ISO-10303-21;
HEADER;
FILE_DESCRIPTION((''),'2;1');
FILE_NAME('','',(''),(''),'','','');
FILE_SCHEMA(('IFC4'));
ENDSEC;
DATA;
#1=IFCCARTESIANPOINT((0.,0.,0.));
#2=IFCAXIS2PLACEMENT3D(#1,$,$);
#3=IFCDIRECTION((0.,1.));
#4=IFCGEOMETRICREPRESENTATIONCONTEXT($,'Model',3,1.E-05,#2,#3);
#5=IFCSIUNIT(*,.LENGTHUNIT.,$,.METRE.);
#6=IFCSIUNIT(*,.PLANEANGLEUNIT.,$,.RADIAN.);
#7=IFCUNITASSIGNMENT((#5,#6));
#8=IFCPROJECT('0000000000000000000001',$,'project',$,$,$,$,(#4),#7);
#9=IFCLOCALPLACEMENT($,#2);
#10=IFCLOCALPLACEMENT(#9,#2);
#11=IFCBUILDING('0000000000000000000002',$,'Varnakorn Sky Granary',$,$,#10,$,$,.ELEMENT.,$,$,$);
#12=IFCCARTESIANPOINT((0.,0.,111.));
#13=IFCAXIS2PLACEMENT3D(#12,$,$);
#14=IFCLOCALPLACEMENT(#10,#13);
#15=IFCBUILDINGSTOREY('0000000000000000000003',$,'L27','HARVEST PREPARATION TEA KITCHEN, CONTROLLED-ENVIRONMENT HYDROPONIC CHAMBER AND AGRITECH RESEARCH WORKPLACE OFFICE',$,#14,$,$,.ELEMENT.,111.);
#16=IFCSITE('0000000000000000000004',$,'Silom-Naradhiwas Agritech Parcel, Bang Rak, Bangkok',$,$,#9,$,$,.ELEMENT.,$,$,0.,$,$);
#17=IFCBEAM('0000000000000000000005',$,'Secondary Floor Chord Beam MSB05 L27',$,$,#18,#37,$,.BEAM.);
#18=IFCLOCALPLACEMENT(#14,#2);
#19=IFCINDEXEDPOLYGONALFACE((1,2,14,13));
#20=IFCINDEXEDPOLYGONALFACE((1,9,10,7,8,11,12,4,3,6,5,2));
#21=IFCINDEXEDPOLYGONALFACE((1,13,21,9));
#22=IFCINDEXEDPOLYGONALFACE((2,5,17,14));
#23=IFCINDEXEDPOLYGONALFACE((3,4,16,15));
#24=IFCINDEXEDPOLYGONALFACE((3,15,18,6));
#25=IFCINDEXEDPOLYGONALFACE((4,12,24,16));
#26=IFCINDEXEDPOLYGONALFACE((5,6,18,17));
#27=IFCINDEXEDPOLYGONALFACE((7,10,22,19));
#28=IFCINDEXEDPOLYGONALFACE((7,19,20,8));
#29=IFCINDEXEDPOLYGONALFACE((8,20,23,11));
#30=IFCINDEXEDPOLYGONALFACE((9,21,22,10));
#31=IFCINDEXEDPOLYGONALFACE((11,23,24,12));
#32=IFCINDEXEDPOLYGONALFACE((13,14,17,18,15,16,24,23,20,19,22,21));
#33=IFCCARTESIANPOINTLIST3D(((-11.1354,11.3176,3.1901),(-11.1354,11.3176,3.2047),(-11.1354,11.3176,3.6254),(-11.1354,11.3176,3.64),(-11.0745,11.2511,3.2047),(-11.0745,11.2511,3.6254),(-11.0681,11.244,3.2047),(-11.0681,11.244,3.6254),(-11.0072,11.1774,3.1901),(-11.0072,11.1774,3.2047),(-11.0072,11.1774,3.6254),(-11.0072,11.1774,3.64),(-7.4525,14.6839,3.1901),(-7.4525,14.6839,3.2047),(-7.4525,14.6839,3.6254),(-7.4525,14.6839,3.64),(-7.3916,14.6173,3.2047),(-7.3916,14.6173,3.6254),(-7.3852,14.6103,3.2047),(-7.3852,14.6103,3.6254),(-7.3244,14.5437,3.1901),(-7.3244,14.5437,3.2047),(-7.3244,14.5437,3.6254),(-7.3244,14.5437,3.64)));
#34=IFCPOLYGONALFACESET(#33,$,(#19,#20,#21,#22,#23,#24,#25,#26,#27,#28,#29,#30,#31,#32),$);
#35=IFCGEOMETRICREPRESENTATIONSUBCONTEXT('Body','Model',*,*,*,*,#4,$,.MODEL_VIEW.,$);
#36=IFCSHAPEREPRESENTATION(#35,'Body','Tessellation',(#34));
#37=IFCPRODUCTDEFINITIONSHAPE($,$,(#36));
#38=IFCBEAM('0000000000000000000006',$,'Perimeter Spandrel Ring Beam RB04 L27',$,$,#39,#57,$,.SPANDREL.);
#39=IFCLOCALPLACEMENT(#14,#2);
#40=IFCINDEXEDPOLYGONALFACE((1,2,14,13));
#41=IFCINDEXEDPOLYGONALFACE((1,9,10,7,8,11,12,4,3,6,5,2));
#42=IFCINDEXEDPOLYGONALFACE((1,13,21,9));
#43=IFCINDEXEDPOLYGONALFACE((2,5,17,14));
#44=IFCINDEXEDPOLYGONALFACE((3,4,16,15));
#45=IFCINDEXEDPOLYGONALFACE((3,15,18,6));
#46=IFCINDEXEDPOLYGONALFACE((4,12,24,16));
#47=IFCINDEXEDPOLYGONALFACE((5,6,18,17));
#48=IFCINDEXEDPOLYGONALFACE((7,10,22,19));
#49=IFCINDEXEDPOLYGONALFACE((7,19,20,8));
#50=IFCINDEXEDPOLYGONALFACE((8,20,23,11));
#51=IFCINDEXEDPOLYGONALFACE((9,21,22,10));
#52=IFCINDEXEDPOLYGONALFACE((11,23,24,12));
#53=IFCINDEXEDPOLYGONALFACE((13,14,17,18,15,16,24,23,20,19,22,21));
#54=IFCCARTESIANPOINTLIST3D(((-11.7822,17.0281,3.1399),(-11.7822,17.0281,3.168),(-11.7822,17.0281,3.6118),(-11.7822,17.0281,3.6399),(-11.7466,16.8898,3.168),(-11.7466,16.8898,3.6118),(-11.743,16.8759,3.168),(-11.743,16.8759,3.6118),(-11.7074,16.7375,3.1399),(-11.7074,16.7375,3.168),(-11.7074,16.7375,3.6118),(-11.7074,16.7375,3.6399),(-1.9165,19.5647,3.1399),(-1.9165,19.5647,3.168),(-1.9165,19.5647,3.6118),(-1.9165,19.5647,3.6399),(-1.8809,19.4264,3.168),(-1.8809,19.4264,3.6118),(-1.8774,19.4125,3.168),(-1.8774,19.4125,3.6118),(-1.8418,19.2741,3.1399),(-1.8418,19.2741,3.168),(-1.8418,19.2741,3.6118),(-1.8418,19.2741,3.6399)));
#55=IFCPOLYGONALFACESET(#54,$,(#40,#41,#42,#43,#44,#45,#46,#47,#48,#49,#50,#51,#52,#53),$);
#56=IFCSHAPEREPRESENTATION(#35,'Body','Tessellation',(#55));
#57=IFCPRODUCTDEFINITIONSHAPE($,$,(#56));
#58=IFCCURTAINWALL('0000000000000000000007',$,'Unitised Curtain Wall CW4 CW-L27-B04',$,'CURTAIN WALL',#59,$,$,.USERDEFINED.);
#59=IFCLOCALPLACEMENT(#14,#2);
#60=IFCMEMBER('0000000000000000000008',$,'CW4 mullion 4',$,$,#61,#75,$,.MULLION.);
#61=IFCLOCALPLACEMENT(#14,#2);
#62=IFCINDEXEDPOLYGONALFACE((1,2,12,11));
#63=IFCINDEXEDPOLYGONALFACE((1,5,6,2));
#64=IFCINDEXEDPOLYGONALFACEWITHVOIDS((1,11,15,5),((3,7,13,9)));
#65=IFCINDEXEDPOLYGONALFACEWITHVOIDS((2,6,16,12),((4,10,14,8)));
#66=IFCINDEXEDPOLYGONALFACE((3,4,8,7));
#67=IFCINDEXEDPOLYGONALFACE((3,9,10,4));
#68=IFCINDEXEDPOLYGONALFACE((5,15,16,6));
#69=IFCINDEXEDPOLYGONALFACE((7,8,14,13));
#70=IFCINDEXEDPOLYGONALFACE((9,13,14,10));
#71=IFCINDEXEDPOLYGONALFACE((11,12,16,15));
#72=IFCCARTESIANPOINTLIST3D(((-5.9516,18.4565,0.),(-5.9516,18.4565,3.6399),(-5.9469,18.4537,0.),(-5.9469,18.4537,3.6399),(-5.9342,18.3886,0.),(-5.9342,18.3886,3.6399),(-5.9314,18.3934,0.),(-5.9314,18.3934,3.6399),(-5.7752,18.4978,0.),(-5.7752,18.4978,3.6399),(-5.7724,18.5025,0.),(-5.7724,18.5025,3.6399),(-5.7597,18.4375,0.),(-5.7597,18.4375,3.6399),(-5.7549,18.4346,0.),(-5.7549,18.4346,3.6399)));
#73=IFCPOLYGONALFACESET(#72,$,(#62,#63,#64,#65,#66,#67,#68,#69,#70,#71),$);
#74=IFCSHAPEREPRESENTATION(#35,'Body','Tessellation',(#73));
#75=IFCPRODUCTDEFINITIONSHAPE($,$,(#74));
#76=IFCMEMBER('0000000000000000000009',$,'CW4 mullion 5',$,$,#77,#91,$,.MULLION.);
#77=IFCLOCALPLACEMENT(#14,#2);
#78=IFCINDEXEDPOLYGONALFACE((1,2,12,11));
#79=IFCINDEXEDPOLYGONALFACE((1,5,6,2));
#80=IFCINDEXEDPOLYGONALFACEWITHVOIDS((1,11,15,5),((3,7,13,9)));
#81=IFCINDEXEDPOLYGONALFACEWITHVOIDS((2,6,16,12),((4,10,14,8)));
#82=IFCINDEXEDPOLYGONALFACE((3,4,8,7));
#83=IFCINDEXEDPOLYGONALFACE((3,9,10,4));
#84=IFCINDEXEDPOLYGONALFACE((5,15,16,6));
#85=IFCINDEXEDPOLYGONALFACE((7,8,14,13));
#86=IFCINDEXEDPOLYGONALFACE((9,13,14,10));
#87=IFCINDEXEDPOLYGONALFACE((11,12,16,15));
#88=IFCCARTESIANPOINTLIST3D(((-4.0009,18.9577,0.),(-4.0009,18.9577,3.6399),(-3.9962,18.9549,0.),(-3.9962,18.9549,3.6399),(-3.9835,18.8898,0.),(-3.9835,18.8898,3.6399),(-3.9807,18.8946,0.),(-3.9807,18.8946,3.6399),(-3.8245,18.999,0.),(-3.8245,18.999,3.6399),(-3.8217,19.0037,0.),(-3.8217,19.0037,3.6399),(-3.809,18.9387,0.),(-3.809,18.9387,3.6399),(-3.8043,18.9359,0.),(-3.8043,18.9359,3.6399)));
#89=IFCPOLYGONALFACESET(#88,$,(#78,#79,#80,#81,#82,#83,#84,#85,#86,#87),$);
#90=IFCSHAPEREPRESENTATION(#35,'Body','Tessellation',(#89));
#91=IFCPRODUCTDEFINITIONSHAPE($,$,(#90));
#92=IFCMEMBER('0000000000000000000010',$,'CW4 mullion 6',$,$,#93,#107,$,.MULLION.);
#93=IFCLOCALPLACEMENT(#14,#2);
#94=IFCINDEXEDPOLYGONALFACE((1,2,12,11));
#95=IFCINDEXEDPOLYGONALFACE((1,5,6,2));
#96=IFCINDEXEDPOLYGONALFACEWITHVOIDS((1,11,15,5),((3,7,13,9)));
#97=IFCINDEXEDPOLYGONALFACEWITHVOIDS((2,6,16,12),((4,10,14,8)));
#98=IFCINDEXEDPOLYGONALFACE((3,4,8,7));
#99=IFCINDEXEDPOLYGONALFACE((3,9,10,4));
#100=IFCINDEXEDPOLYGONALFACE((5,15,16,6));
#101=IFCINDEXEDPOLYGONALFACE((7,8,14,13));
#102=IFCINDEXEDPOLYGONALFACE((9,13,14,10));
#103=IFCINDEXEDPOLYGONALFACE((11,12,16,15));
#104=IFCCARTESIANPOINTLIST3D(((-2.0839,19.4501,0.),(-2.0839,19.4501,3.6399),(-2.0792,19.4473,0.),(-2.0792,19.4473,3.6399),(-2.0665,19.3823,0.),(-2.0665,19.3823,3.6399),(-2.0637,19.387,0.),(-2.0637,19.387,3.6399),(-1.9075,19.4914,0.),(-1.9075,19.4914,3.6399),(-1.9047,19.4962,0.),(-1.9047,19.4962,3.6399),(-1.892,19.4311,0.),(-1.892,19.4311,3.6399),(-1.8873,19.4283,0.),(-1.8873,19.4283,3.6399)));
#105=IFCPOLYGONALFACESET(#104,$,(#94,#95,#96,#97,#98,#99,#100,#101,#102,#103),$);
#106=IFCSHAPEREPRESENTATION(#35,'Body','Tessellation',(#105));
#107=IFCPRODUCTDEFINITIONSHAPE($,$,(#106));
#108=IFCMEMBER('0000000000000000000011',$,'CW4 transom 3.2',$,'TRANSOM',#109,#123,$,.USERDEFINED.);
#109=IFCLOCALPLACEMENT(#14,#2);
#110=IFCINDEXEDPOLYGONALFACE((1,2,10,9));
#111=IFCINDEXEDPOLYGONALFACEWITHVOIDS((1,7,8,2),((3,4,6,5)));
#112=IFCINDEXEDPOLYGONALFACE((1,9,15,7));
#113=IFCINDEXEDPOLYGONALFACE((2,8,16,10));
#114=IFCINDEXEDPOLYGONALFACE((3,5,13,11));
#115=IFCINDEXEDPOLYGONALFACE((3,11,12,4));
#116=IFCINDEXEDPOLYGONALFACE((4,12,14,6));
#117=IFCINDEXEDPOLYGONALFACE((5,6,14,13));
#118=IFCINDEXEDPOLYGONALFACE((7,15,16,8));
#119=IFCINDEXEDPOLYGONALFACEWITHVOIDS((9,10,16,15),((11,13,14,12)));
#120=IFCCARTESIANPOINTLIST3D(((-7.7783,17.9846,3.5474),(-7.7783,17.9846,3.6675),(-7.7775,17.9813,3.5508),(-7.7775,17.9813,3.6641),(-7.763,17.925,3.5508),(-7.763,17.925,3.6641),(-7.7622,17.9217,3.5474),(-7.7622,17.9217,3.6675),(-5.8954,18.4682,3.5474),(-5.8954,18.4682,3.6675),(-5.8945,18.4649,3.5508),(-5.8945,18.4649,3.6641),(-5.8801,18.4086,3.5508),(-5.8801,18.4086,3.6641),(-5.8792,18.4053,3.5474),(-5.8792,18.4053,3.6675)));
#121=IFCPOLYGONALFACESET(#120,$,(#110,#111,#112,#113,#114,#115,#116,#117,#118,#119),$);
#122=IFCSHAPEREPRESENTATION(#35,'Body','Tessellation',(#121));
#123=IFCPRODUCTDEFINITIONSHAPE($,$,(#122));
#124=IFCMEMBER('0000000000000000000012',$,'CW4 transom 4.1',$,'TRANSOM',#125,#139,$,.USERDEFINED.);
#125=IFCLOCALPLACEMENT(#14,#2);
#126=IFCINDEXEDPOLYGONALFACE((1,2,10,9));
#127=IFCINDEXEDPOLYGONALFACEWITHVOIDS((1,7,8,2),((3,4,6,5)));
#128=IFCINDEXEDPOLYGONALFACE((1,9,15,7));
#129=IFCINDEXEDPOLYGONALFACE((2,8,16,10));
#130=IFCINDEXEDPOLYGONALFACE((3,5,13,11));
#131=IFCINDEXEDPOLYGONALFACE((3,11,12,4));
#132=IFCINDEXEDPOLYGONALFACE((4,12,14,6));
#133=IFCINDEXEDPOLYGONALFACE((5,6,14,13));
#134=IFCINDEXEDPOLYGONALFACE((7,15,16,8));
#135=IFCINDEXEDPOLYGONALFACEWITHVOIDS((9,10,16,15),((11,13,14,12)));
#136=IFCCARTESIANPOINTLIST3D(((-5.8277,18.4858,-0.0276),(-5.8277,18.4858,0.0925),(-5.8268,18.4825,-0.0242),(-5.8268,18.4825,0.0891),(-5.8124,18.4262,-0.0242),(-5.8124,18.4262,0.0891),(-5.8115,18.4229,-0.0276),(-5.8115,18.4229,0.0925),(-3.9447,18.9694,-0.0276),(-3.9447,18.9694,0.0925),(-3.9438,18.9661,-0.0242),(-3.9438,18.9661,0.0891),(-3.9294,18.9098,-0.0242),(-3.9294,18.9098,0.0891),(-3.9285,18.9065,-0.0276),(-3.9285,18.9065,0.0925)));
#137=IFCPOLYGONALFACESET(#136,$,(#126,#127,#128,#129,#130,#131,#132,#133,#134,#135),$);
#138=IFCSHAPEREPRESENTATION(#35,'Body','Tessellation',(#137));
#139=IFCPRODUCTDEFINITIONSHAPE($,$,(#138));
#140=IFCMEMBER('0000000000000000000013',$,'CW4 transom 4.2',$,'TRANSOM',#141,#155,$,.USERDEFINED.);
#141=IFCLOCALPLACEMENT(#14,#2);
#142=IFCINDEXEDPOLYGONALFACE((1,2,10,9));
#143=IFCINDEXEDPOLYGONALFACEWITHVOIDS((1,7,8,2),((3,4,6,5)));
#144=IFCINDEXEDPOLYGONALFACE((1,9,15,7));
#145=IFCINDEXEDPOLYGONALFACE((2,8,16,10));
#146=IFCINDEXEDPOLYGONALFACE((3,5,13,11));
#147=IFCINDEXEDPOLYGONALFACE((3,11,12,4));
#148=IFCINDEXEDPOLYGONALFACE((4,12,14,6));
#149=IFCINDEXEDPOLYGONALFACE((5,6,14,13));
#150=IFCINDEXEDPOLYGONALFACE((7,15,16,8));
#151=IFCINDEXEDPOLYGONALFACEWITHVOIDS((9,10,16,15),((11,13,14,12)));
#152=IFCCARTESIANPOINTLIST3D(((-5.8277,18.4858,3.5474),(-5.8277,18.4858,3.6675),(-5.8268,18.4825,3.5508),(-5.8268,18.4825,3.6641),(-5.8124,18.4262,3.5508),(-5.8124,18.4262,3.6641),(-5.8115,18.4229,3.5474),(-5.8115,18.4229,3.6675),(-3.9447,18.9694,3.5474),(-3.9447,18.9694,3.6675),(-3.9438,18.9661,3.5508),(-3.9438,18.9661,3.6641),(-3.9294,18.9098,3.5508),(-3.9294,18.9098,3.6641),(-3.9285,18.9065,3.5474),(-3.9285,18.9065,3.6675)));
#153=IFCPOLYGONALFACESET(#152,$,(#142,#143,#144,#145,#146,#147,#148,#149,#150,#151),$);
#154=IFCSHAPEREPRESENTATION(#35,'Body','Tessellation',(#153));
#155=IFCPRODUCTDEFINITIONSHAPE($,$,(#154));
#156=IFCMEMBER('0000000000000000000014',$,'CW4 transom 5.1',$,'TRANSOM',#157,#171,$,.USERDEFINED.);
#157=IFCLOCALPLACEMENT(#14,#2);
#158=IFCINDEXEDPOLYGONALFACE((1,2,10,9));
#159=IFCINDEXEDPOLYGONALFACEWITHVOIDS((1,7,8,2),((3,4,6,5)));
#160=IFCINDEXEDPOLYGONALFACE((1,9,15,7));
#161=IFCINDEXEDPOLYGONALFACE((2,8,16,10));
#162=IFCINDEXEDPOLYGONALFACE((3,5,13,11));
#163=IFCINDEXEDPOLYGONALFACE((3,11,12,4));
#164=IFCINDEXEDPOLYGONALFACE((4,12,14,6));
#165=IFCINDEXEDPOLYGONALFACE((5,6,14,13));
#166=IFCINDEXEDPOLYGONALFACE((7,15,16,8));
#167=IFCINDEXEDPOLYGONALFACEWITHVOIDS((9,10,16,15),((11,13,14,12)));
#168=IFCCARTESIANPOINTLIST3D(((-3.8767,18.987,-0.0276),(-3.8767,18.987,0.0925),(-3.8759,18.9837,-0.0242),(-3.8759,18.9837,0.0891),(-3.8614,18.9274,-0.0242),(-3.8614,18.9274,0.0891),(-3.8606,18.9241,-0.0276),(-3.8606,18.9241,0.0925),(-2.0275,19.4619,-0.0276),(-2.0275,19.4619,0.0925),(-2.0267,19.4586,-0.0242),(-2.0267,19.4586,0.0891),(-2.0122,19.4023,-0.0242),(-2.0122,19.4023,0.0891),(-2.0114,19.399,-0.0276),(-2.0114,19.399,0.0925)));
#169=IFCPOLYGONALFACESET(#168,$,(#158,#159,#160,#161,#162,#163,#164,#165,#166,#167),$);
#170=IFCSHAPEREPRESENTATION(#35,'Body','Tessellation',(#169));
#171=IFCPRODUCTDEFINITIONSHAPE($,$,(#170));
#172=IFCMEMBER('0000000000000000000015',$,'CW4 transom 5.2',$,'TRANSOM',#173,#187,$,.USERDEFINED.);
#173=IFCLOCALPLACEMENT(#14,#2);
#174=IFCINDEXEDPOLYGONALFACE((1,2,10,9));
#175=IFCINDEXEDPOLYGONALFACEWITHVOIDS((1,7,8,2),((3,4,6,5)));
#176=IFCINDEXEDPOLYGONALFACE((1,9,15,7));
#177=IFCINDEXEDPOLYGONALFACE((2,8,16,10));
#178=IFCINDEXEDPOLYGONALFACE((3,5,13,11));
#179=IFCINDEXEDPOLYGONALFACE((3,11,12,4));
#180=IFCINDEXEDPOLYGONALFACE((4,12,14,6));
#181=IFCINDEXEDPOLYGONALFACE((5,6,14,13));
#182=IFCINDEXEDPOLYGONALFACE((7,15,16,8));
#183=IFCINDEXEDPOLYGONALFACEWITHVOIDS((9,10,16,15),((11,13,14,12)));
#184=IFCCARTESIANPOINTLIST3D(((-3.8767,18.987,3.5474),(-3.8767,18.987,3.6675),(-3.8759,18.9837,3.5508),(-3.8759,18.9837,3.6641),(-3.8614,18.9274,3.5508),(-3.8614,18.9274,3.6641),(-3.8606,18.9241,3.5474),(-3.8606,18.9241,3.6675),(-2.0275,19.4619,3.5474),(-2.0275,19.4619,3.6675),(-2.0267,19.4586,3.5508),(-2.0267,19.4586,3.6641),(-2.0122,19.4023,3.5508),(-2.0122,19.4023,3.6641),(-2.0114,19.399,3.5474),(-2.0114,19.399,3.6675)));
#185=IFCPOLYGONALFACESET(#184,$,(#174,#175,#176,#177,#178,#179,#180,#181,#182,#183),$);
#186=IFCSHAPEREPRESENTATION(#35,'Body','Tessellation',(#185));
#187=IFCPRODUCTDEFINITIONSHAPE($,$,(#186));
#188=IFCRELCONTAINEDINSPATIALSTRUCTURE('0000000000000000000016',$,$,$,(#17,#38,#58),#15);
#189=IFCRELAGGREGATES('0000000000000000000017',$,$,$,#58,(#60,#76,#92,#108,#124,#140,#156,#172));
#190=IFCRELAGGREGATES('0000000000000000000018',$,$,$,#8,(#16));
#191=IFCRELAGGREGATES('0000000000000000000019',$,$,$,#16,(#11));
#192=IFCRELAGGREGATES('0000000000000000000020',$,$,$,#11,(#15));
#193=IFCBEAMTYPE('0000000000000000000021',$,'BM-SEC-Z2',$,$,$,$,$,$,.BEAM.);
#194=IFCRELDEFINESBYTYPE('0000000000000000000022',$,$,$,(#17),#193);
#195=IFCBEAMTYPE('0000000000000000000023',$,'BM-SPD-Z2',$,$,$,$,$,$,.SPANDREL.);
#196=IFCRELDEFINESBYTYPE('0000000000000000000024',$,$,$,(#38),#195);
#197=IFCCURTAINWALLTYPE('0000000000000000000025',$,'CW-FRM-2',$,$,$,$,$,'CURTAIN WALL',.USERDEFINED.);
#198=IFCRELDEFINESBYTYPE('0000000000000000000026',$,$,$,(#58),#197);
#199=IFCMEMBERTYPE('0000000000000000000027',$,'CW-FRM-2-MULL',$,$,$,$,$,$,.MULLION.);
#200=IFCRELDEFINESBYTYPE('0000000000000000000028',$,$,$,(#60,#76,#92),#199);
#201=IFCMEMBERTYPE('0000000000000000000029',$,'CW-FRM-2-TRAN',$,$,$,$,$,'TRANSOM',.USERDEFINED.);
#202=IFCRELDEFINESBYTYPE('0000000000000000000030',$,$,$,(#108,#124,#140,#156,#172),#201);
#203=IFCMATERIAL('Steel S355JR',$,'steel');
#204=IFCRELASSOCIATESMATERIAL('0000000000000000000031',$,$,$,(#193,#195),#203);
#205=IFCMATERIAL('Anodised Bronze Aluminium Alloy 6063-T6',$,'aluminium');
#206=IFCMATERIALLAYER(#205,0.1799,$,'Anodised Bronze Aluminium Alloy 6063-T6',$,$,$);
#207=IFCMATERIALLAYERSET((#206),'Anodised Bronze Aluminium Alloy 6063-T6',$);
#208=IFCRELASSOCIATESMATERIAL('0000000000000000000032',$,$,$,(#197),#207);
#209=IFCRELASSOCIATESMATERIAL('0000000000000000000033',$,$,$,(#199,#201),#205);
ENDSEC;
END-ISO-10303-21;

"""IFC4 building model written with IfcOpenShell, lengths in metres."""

from ifc_helpers import new_model, si_unit, direction, frame, origin, origin_2d, place, context, subcontext, project, spatial, hollow_rectangle, i_section, extrude, material, layer, layer_set, material_profile, profile_set, type_object, element, aggregate, save


model = new_model("IFC4")

# Units and contexts
model_context = context("Model", 3, precision=1e-05, world=origin(), true_north=direction((0.0, 1.0)))
body_context = subcontext(model_context, "Body", "Model", "MODEL_VIEW")
ifc_project = project(units=[si_unit("LENGTHUNIT", "METRE"), si_unit("PLANEANGLEUNIT", "RADIAN")], contexts=[model_context])

# Site, building, storey
site_placement = place(None, origin())
site = spatial("IfcSite", under=ifc_project, at=site_placement, Name="Silom-Naradhiwas Agritech Parcel, Bang Rak, Bangkok", CompositionType="ELEMENT", RefElevation=0.0)
building_placement = place(site_placement, origin())
building = spatial("IfcBuilding", under=site, at=building_placement, Name="Varnakorn Sky Granary", CompositionType="ELEMENT")
storey_placement = place(building_placement, frame((0.0, 0.0, 111.0)))
storey = spatial("IfcBuildingStorey", under=building, at=storey_placement, Name="L27", Description="HARVEST PREPARATION TEA KITCHEN, CONTROLLED-ENVIRONMENT HYDROPONIC CHAMBER AND AGRITECH RESEARCH WORKPLACE OFFICE", CompositionType="ELEMENT", Elevation=111.0)

# Beams
ifc_material_1 = material(Name="Steel S355JR", Category="steel")
ifc_material_profile_1 = material_profile(ifc_material_1, i_section(OverallWidth=0.1899, OverallDepth=0.45, WebThickness=0.0095, FlangeThickness=0.0146, at=origin_2d()), Name="IPE 450")
ifc_profile_set_1 = profile_set([ifc_material_profile_1], Name="Steel S355JR")
beam_type_1 = type_object("IfcBeamType", Name="BM-SEC-Z2", PredefinedType="BEAM", material=ifc_profile_set_1)
beam_1_placement = place(storey_placement, frame((-7.3884, 14.6138, 3.415), z_axis=(-0.738126, -0.674663, 0.0), x_axis=(0.674663, -0.738126, 0.0)))
element("IfcBeam", 1, at=beam_1_placement, inside=storey, type_object=beam_type_1, Name="Secondary Floor Chord Beam MSB05 L27", PredefinedType="BEAM", context=body_context, shape_type="SweptSolid", body=[
    extrude(i_section(OverallWidth=0.1899, OverallDepth=0.45, WebThickness=0.0095, FlangeThickness=0.0146, at=origin_2d()), origin(), (0.0, 0.0, 1.0), 4.9895),
])
ifc_material_profile_2 = material_profile(ifc_material_1, i_section(OverallWidth=0.3, OverallDepth=0.5, WebThickness=0.0144, FlangeThickness=0.0281, at=origin_2d()), Name="HE 500 B")
ifc_profile_set_2 = profile_set([ifc_material_profile_2], Name="Steel S355JR")
beam_type_2 = type_object("IfcBeamType", Name="BM-SPD-Z2", PredefinedType="SPANDREL", material=ifc_profile_set_2)
beam_2_placement = place(storey_placement, frame((-1.8792, 19.4194, 3.3899), z_axis=(-0.9685, -0.249015, 0.0), x_axis=(0.249015, -0.9685, 0.0)))
element("IfcBeam", 2, at=beam_2_placement, inside=storey, type_object=beam_type_2, Name="Perimeter Spandrel Ring Beam RB04 L27", PredefinedType="SPANDREL", context=body_context, shape_type="SweptSolid", body=[
    extrude(i_section(OverallWidth=0.3, OverallDepth=0.5, WebThickness=0.0144, FlangeThickness=0.0281, at=origin_2d()), origin(), (0.0, 0.0, 1.0), 10.1865),
])

# Curtain wall, members
ifc_material_2 = material(Name="Anodised Bronze Aluminium Alloy 6063-T6", Category="aluminium")
ifc_layer_1 = layer(ifc_material_2, 0.1799, Name="Anodised Bronze Aluminium Alloy 6063-T6")
ifc_layer_set_1 = layer_set([ifc_layer_1], Name="Anodised Bronze Aluminium Alloy 6063-T6")
curtain_wall_type = type_object("IfcCurtainWallType", Name="CW-FRM-2", ElementType="CURTAIN WALL", PredefinedType="USERDEFINED", material=ifc_layer_set_1)
curtain_wall_placement = place(storey_placement, origin())
curtain_wall = element("IfcCurtainWall", 3, at=curtain_wall_placement, inside=storey, type_object=curtain_wall_type, Name="Unitised Curtain Wall CW4 CW-L27-B04", ObjectType="CURTAIN WALL", PredefinedType="USERDEFINED")
ifc_material_profile_3 = material_profile(ifc_material_2, hollow_rectangle(XDim=0.0701, YDim=0.1851, WallThickness=0.0039, at=origin_2d()), Name="ALU MULL 70x185")
ifc_profile_set_3 = profile_set([ifc_material_profile_3], Name="Anodised Bronze Aluminium Alloy 6063-T6")
member_type_1 = type_object("IfcMemberType", Name="CW-FRM-2-MULL", PredefinedType="MULLION", material=ifc_profile_set_3)
member_1_placement = place(storey_placement, frame((-5.8533, 18.4456, 0.0), z_axis=(0.0, 0.0, 1.0), x_axis=(-0.248823, 0.968549, 0.0)))
member_1 = element("IfcMember", 4, at=member_1_placement, type_object=member_type_1, Name="CW4 mullion 4", PredefinedType="MULLION", context=body_context, shape_type="SweptSolid", body=[
    extrude(hollow_rectangle(XDim=0.0701, YDim=0.1851, WallThickness=0.0039, at=origin_2d()), origin(), (0.0, 0.0, 1.0), 3.6399),
])
member_2_placement = place(storey_placement, frame((-3.9026, 18.9468, 0.0), z_axis=(0.0, 0.0, 1.0), x_axis=(-0.248823, 0.968549, 0.0)))
member_2 = element("IfcMember", 5, at=member_2_placement, type_object=member_type_1, Name="CW4 mullion 5", PredefinedType="MULLION", context=body_context, shape_type="SweptSolid", body=[
    extrude(hollow_rectangle(XDim=0.0701, YDim=0.1851, WallThickness=0.0039, at=origin_2d()), origin(), (0.0, 0.0, 1.0), 3.6399),
])
member_3_placement = place(storey_placement, frame((-1.9856, 19.4392, 0.0), z_axis=(0.0, 0.0, 1.0), x_axis=(-0.248823, 0.968549, 0.0)))
member_3 = element("IfcMember", 6, at=member_3_placement, type_object=member_type_1, Name="CW4 mullion 6", PredefinedType="MULLION", context=body_context, shape_type="SweptSolid", body=[
    extrude(hollow_rectangle(XDim=0.0701, YDim=0.1851, WallThickness=0.0039, at=origin_2d()), origin(), (0.0, 0.0, 1.0), 3.6399),
])
ifc_material_profile_4 = material_profile(ifc_material_2, hollow_rectangle(XDim=0.0649, YDim=0.1201, WallThickness=0.0034, at=origin_2d()), Name="ALU TRAN 65x120")
ifc_profile_set_4 = profile_set([ifc_material_profile_4], Name="Anodised Bronze Aluminium Alloy 6063-T6")
member_type_2 = type_object("IfcMemberType", Name="CW-FRM-2-TRAN", ElementType="TRANSOM", PredefinedType="USERDEFINED", material=ifc_profile_set_4)
member_4_placement = place(storey_placement, frame((-7.7703, 17.9531, 3.6074), z_axis=(0.968564, 0.248765, 0.0), x_axis=(-0.248765, 0.968564, 0.0)))
member_4 = element("IfcMember", 7, at=member_4_placement, type_object=member_type_2, Name="CW4 transom 3.2", ObjectType="TRANSOM", PredefinedType="USERDEFINED", context=body_context, shape_type="SweptSolid", body=[
    extrude(hollow_rectangle(XDim=0.0649, YDim=0.1201, WallThickness=0.0034, at=origin_2d()), origin(), (0.0, 0.0, 1.0), 1.9441),
])
member_5_placement = place(storey_placement, frame((-5.8196, 18.4543, 0.0325), z_axis=(0.968564, 0.248765, 0.0), x_axis=(-0.248765, 0.968564, 0.0)))
member_5 = element("IfcMember", 8, at=member_5_placement, type_object=member_type_2, Name="CW4 transom 4.1", ObjectType="TRANSOM", PredefinedType="USERDEFINED", context=body_context, shape_type="SweptSolid", body=[
    extrude(hollow_rectangle(XDim=0.0649, YDim=0.1201, WallThickness=0.0034, at=origin_2d()), origin(), (0.0, 0.0, 1.0), 1.9441),
])
member_6_placement = place(storey_placement, frame((-5.8196, 18.4543, 3.6074), z_axis=(0.968564, 0.248765, 0.0), x_axis=(-0.248765, 0.968564, 0.0)))
member_6 = element("IfcMember", 9, at=member_6_placement, type_object=member_type_2, Name="CW4 transom 4.2", ObjectType="TRANSOM", PredefinedType="USERDEFINED", context=body_context, shape_type="SweptSolid", body=[
    extrude(hollow_rectangle(XDim=0.0649, YDim=0.1201, WallThickness=0.0034, at=origin_2d()), origin(), (0.0, 0.0, 1.0), 1.9441),
])
member_7_placement = place(storey_placement, frame((-3.8687, 18.9556, 0.0325), z_axis=(0.968573, 0.248729, 0.0), x_axis=(-0.248729, 0.968573, 0.0)))
member_7 = element("IfcMember", 10, at=member_7_placement, type_object=member_type_2, Name="CW4 transom 5.1", ObjectType="TRANSOM", PredefinedType="USERDEFINED", context=body_context, shape_type="SweptSolid", body=[
    extrude(hollow_rectangle(XDim=0.0649, YDim=0.1201, WallThickness=0.0034, at=origin_2d()), origin(), (0.0, 0.0, 1.0), 1.9092),
])
member_8_placement = place(storey_placement, frame((-3.8687, 18.9556, 3.6074), z_axis=(0.968573, 0.248729, 0.0), x_axis=(-0.248729, 0.968573, 0.0)))
member_8 = element("IfcMember", 11, at=member_8_placement, type_object=member_type_2, Name="CW4 transom 5.2", ObjectType="TRANSOM", PredefinedType="USERDEFINED", context=body_context, shape_type="SweptSolid", body=[
    extrude(hollow_rectangle(XDim=0.0649, YDim=0.1201, WallThickness=0.0034, at=origin_2d()), origin(), (0.0, 0.0, 1.0), 1.9092),
])
aggregate(curtain_wall, [member_1, member_2, member_3, member_4, member_5, member_6, member_7, member_8])

save(model, "model.ifc")
